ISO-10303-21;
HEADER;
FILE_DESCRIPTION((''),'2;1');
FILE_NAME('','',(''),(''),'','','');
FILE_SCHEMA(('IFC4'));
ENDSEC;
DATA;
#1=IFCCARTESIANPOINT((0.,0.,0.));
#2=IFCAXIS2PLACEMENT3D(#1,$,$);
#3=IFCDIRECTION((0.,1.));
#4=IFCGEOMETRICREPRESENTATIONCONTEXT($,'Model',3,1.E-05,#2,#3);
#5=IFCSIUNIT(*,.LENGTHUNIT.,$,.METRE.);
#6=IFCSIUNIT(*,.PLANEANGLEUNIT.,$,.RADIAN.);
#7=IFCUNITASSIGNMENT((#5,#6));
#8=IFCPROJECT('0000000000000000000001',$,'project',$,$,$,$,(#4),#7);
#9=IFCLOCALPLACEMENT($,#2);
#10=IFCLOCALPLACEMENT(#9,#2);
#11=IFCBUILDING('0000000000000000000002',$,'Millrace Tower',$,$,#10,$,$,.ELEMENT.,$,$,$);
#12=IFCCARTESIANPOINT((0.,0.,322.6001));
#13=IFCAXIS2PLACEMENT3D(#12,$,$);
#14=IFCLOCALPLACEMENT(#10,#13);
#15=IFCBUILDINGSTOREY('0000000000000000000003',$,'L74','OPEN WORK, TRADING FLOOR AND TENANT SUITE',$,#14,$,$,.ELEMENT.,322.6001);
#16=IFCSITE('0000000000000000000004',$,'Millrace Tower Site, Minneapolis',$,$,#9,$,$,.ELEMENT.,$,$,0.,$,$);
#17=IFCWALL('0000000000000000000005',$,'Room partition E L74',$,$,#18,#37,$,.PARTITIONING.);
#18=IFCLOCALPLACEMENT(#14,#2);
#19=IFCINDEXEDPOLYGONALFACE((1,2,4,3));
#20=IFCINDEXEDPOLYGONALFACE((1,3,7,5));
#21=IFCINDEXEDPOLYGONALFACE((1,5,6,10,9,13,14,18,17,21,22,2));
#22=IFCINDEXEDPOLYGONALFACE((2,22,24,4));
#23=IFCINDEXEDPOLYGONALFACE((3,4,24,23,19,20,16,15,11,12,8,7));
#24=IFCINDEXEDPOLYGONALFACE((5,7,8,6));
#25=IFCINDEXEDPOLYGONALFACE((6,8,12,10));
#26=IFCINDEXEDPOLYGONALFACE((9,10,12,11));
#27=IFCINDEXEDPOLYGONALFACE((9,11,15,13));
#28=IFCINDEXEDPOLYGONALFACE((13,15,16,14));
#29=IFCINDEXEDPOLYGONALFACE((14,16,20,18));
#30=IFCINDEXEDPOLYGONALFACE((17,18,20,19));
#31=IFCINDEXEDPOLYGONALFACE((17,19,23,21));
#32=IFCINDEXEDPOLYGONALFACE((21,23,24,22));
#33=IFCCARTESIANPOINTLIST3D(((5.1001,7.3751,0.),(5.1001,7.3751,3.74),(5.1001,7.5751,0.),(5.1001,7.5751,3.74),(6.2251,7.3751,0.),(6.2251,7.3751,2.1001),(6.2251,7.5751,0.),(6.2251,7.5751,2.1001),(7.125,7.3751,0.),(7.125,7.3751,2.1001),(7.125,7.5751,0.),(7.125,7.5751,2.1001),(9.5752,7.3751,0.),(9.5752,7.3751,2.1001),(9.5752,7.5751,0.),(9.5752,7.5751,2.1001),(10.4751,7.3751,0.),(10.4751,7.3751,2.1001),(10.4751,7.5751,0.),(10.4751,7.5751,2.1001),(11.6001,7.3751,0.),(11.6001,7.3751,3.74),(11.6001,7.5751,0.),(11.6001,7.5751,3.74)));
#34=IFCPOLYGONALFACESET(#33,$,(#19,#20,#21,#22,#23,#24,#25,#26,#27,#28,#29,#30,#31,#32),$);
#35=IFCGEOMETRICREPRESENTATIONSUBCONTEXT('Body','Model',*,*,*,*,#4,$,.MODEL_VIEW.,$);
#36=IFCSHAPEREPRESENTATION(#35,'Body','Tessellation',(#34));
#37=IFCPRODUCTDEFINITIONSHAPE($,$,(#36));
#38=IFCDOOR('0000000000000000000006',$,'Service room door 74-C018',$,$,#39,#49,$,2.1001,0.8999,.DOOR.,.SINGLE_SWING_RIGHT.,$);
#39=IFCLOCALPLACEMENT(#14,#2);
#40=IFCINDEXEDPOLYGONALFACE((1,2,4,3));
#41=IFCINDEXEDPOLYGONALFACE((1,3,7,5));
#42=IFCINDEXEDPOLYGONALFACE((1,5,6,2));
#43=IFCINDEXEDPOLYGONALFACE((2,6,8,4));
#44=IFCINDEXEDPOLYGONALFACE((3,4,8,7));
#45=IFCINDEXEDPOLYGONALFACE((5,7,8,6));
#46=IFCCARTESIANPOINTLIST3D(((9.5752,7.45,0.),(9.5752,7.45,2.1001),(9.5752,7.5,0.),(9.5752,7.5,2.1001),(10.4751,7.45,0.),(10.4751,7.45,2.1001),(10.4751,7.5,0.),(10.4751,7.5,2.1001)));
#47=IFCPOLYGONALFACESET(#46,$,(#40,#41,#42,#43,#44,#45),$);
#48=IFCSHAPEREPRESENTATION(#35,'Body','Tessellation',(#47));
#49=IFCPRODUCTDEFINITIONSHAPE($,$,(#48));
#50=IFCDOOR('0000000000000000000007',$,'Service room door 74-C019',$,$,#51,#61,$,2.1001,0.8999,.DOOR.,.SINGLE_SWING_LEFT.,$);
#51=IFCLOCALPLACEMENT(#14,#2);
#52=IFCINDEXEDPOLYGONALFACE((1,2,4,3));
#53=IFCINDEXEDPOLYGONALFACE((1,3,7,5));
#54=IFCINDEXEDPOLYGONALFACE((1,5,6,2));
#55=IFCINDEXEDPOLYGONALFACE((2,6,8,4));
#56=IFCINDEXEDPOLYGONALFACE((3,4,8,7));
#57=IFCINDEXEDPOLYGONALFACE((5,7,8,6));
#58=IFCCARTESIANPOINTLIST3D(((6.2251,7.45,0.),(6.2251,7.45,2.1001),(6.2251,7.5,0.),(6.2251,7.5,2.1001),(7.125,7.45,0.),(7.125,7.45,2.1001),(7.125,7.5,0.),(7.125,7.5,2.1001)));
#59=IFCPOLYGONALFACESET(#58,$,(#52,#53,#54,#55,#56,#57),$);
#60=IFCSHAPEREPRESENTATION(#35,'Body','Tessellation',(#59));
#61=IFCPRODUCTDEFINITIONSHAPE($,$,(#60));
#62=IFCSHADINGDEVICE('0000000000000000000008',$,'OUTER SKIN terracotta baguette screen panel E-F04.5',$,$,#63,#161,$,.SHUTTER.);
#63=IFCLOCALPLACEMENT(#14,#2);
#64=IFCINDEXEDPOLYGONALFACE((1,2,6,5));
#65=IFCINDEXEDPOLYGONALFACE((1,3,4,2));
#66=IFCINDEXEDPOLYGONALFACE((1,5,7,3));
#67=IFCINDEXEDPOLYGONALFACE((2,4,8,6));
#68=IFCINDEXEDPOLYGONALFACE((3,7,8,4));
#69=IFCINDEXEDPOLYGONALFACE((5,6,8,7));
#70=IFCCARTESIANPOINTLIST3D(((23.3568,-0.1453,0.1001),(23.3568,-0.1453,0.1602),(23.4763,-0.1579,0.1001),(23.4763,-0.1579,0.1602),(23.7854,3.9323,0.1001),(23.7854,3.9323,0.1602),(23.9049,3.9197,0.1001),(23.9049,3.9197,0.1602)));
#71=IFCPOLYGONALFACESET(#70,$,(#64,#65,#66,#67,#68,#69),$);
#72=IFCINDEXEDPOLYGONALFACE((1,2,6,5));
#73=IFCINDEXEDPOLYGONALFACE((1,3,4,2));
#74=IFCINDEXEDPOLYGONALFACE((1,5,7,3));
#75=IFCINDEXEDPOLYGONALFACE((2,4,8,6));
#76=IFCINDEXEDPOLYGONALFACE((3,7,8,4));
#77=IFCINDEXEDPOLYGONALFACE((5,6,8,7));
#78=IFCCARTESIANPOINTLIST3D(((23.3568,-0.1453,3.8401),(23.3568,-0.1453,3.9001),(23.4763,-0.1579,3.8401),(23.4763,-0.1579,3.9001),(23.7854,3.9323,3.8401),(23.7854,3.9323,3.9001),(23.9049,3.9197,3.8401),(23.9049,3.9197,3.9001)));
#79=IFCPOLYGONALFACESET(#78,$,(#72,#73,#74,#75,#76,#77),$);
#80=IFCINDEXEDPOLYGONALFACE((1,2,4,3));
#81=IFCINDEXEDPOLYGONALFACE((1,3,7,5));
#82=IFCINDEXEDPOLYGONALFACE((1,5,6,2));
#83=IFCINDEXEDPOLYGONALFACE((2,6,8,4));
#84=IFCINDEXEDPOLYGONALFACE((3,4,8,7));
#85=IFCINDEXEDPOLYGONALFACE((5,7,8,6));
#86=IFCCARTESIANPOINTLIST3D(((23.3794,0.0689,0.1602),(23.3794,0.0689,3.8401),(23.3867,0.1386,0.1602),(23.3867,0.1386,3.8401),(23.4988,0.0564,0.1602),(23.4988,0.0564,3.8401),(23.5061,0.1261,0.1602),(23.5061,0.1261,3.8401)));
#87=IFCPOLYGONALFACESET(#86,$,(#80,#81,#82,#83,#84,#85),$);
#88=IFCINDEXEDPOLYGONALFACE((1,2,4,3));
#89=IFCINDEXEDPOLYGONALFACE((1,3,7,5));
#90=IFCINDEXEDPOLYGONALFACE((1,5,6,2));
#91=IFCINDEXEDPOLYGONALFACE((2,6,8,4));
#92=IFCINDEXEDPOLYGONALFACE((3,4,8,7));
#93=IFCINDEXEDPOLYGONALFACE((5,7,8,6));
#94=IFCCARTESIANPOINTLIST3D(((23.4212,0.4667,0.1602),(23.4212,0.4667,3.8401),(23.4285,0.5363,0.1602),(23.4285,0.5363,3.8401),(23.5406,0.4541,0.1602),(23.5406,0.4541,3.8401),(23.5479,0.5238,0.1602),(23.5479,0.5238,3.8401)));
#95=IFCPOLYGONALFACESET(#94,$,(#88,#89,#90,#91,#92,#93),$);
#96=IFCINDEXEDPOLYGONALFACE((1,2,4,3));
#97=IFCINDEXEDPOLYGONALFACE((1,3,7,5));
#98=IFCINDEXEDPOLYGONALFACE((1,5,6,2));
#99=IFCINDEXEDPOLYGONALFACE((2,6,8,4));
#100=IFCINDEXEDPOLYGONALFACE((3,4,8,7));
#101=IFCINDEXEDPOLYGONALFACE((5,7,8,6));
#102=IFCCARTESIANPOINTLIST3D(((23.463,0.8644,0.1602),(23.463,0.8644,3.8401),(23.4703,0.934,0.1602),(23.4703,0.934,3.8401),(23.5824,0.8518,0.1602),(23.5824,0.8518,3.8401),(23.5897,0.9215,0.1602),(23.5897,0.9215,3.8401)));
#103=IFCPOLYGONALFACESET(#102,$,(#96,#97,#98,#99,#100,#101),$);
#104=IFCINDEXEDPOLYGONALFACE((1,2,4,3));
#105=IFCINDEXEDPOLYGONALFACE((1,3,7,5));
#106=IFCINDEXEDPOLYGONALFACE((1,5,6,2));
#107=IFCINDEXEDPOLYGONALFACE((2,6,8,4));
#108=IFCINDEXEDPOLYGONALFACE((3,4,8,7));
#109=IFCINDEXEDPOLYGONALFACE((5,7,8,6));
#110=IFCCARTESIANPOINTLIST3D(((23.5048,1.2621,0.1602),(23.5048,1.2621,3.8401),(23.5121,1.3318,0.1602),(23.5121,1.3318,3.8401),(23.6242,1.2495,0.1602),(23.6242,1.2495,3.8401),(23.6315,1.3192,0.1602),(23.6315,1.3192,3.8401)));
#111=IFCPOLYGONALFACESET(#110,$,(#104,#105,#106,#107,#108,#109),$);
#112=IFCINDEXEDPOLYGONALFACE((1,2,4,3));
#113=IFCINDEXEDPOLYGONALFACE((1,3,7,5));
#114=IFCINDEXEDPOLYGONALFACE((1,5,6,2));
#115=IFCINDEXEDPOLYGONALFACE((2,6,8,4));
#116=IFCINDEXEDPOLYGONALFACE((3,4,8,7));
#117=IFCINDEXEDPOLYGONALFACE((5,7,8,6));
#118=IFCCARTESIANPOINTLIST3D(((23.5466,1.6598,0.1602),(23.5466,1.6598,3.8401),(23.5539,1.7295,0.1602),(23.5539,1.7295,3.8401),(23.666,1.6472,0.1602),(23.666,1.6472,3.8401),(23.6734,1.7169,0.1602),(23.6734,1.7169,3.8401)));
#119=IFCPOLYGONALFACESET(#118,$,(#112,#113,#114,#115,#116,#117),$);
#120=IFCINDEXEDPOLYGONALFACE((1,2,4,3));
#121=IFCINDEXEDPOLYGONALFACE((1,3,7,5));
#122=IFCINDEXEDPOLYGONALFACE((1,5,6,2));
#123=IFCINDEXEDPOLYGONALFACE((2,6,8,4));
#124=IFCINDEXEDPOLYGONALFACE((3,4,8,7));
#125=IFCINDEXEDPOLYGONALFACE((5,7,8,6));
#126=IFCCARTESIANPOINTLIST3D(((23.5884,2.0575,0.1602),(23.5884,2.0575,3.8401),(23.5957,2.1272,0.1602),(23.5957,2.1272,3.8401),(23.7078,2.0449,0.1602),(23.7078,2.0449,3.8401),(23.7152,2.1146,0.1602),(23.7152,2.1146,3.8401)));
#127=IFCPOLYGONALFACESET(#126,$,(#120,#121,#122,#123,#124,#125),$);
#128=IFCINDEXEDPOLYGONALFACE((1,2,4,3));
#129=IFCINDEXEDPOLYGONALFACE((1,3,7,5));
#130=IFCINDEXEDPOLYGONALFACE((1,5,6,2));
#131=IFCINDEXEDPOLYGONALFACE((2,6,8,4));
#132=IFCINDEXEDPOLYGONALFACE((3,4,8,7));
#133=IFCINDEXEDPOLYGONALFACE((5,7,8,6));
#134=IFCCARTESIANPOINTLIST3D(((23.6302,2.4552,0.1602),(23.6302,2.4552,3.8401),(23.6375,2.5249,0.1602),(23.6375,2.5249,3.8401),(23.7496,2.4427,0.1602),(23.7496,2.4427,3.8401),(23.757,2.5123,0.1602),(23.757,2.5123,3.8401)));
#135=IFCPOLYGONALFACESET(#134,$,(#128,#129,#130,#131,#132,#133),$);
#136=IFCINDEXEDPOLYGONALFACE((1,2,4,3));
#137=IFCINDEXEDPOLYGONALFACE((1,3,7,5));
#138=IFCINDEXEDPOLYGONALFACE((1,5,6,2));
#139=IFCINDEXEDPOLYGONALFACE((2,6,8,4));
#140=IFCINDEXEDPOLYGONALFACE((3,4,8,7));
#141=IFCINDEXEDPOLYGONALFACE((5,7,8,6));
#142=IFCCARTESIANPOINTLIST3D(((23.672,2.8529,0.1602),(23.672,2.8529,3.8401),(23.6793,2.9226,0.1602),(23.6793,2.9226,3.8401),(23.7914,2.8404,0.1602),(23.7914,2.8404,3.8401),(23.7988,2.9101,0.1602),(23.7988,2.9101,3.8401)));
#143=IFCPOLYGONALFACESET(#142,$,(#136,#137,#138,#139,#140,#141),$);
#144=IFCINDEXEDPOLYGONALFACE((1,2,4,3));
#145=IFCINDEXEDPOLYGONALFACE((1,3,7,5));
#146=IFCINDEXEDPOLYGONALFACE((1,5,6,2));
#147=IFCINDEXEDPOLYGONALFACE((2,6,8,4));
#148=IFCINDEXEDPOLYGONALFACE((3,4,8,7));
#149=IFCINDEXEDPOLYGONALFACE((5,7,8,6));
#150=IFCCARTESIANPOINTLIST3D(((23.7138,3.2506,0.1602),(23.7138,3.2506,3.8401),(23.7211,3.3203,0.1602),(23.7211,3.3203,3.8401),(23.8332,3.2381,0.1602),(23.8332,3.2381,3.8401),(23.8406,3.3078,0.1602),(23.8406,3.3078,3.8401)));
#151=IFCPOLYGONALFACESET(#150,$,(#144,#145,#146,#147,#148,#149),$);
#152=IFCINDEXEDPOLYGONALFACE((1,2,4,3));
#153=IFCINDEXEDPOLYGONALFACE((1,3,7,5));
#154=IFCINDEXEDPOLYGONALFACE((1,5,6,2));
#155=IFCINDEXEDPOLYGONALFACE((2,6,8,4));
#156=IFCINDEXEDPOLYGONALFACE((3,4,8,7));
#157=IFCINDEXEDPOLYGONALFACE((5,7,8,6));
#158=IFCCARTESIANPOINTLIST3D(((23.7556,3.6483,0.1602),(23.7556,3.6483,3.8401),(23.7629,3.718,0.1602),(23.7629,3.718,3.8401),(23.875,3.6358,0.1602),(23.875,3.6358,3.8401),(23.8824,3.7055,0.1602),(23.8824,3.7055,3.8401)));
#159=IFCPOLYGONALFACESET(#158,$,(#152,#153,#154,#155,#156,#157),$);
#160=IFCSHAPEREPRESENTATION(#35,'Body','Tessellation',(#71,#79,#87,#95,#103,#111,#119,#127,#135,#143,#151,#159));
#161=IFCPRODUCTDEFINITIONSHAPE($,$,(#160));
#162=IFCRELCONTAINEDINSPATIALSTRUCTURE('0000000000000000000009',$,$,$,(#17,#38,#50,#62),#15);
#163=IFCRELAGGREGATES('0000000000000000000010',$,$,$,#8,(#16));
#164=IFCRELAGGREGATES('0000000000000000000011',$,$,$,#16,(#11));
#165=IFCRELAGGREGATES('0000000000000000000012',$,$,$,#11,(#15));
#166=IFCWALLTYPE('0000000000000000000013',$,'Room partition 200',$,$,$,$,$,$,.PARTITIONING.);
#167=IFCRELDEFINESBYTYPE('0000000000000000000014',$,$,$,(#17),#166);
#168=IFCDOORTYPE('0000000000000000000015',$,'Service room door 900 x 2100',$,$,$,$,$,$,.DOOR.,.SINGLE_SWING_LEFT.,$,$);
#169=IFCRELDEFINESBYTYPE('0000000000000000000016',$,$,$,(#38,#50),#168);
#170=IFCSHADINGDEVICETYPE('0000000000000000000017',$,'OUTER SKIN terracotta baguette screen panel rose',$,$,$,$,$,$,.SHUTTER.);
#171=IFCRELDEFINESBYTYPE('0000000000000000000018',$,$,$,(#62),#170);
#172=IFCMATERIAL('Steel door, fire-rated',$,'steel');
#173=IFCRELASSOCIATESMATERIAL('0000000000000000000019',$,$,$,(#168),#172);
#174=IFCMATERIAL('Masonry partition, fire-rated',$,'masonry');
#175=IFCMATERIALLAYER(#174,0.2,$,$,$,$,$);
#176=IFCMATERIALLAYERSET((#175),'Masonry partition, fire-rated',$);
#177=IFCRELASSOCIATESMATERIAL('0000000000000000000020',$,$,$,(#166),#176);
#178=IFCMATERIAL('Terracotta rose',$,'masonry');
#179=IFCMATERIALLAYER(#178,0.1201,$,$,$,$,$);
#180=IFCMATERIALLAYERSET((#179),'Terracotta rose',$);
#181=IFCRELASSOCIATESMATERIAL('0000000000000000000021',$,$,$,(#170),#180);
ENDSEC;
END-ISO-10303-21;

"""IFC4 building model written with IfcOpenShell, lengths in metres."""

from ifc_helpers import new_model, entity, si_unit, direction, frame, frame_2d, origin, place, context, subcontext, project, spatial, rectangle, extrude, source, transform, mapped, material, layer, layer_set, type_object, element, fill, save


model = new_model("IFC4")

# Units and contexts
model_context = context("Model", 3, precision=1e-05, world=origin(), true_north=direction((0.0, 1.0)))
body_context = subcontext(model_context, "Body", "Model", "MODEL_VIEW")
ifc_project = project(units=[si_unit("LENGTHUNIT", "METRE"), si_unit("PLANEANGLEUNIT", "RADIAN")], contexts=[model_context])

# Site, building, storey
site_placement = place(None, origin())
site = spatial("IfcSite", under=ifc_project, at=site_placement, Name="Millrace Tower Site, Minneapolis", CompositionType="ELEMENT", RefElevation=0.0)
building_placement = place(site_placement, origin())
building = spatial("IfcBuilding", under=site, at=building_placement, Name="Millrace Tower", CompositionType="ELEMENT")
storey_placement = place(building_placement, frame((0.0, 0.0, 322.6001)))
storey = spatial("IfcBuildingStorey", under=building, at=storey_placement, Name="L74", Description="OPEN WORK, TRADING FLOOR AND TENANT SUITE", CompositionType="ELEMENT", Elevation=322.6001)

# Shared definitions
ifc_material_1 = material(Name="Steel door, fire-rated", Category="steel")
door_type_1 = type_object("IfcDoorType", Name="Service room door 900 x 2100", OperationType="SINGLE_SWING_LEFT", PredefinedType="DOOR", material=ifc_material_1)

# Wall, openings, doors
ifc_material_2 = material(Name="Masonry partition, fire-rated", Category="masonry")
ifc_layer_1 = layer(ifc_material_2, 0.2)
ifc_layer_set_1 = layer_set([ifc_layer_1], Name="Masonry partition, fire-rated")
wall_type_1 = type_object("IfcWallType", Name="Room partition 200", PredefinedType="PARTITIONING", material=ifc_layer_set_1)
wall_1_placement = place(storey_placement, frame((11.6001, 7.4751, 0.0), z_axis=(0.0, 0.0, 1.0), x_axis=(-1.0, 0.0, 0.0)))
wall_1 = element("IfcWall", 1, at=wall_1_placement, inside=storey, type_object=wall_type_1, Name="Room partition E L74", PredefinedType="PARTITIONING", context=body_context, shape_type="SweptSolid", body=[
    extrude(rectangle(XDim=6.5, YDim=0.2, at=frame_2d((3.25, 0.0))), origin(), (0.0, 0.0, 1.0), 3.74),
])
opening_1_placement = place(wall_1_placement, frame((1.125, 0.0, 0.0)))
opening_1 = element("IfcOpeningElement", 2, at=opening_1_placement, cuts=wall_1, PredefinedType="OPENING", context=body_context, shape_type="SweptSolid", body=[
    extrude(rectangle(XDim=0.8999, YDim=2.1001, at=frame_2d((0.45, 1.05))), frame((0.0, 0.1099, 0.0), z_axis=(0.0, -1.0, 0.0), x_axis=(1.0, 0.0, 0.0)), (0.0, 0.0, 1.0), 0.22),
])
opening_2_placement = place(wall_1_placement, frame((4.4751, 0.0, 0.0)))
opening_2 = element("IfcOpeningElement", 3, at=opening_2_placement, cuts=wall_1, PredefinedType="OPENING", context=body_context, shape_type="SweptSolid", body=[
    extrude(rectangle(XDim=0.8999, YDim=2.1001, at=frame_2d((0.45, 1.05))), frame((0.0, 0.1099, 0.0), z_axis=(0.0, -1.0, 0.0), x_axis=(1.0, 0.0, 0.0)), (0.0, 0.0, 1.0), 0.22),
])
door_1_placement = place(opening_1_placement, frame((0.8999, 0.0, 0.0), z_axis=(0.0, 0.0, 1.0), x_axis=(-1.0, 0.0, 0.0)))
door_1 = element("IfcDoor", 4, at=door_1_placement, inside=storey, type_object=door_type_1, Name="Service room door 74-C018", OperationType="SINGLE_SWING_RIGHT", OverallHeight=2.1001, OverallWidth=0.8999, PredefinedType="DOOR", context=body_context, shape_type="SweptSolid", body=[
    extrude(rectangle(XDim=0.8999, YDim=2.1001, at=frame_2d((0.45, 1.05))), frame((0.0, 0.0249, 0.0), z_axis=(0.0, -1.0, 0.0), x_axis=(1.0, 0.0, 0.0)), (0.0, 0.0, 1.0), 0.05),
])
fill(opening_1, door_1)
door_2_placement = place(opening_2_placement, frame((0.8999, 0.0, 0.0), z_axis=(0.0, 0.0, 1.0), x_axis=(-1.0, 0.0, 0.0)))
door_2 = element("IfcDoor", 5, at=door_2_placement, inside=storey, type_object=door_type_1, Name="Service room door 74-C019", OperationType="SINGLE_SWING_LEFT", OverallHeight=2.1001, OverallWidth=0.8999, PredefinedType="DOOR", context=body_context, shape_type="SweptSolid", body=[
    extrude(rectangle(XDim=0.8999, YDim=2.1001, at=frame_2d((0.45, 1.05))), frame((0.0, 0.0249, 0.0), z_axis=(0.0, -1.0, 0.0), x_axis=(1.0, 0.0, 0.0)), (0.0, 0.0, 1.0), 0.05),
])
fill(opening_2, door_2)

# Shading device
ifc_material_3 = material(Name="Terracotta rose", Category="masonry")
ifc_layer_2 = layer(ifc_material_3, 0.1201)
ifc_layer_set_2 = layer_set([ifc_layer_2], Name="Terracotta rose")
shading_device_type = type_object("IfcShadingDeviceType", Name="OUTER SKIN terracotta baguette screen panel rose", PredefinedType="SHUTTER", material=ifc_layer_set_2)
cartesian_point = entity("IfcCartesianPoint", [-2.05, 0.0601])
shared_polyline = entity("IfcPolyline", [cartesian_point, entity("IfcCartesianPoint", [2.05, 0.0601]), entity("IfcCartesianPoint", [2.05, -0.0601]), entity("IfcCartesianPoint", [-2.05, -0.0601]), cartesian_point])
shared_shape = source(origin(), body_context, "Body", "SweptSolid", [
    entity("IfcExtrudedAreaSolid", entity("IfcArbitraryClosedProfileDef", "AREA", None, shared_polyline), entity("IfcAxis2Placement3D", entity("IfcCartesianPoint", [0.0, 0.0, 0.0])), entity("IfcDirection", [0.0, 0.0, 1.0]), 0.0601),
    entity("IfcExtrudedAreaSolid", entity("IfcArbitraryClosedProfileDef", "AREA", None, shared_polyline), entity("IfcAxis2Placement3D", entity("IfcCartesianPoint", [0.0, 0.0, 3.74])), entity("IfcDirection", [0.0, 0.0, 1.0]), 0.0601),
    extrude(rectangle(XDim=0.0701, YDim=0.1201, at=frame_2d((-1.7996, 0.0))), frame((0.0, 0.0, 0.0601)), (0.0, 0.0, 1.0), 3.6799),
    extrude(rectangle(XDim=0.0701, YDim=0.1201, at=frame_2d((-1.3997, 0.0))), frame((0.0, 0.0, 0.0601)), (0.0, 0.0, 1.0), 3.6799),
    extrude(rectangle(XDim=0.0701, YDim=0.1201, at=frame_2d((-0.9998, 0.0))), frame((0.0, 0.0, 0.0601)), (0.0, 0.0, 1.0), 3.6799),
    extrude(rectangle(XDim=0.0701, YDim=0.1201, at=frame_2d((-0.5999, 0.0))), frame((0.0, 0.0, 0.0601)), (0.0, 0.0, 1.0), 3.6799),
    extrude(rectangle(XDim=0.0701, YDim=0.1201, at=frame_2d((-0.2, 0.0))), frame((0.0, 0.0, 0.0601)), (0.0, 0.0, 1.0), 3.6799),
    extrude(rectangle(XDim=0.0701, YDim=0.1201, at=frame_2d((0.2, 0.0))), frame((0.0, 0.0, 0.0601)), (0.0, 0.0, 1.0), 3.6799),
    extrude(rectangle(XDim=0.0701, YDim=0.1201, at=frame_2d((0.5999, 0.0))), frame((0.0, 0.0, 0.0601)), (0.0, 0.0, 1.0), 3.6799),
    extrude(rectangle(XDim=0.0701, YDim=0.1201, at=frame_2d((0.9998, 0.0))), frame((0.0, 0.0, 0.0601)), (0.0, 0.0, 1.0), 3.6799),
    extrude(rectangle(XDim=0.0701, YDim=0.1201, at=frame_2d((1.3997, 0.0))), frame((0.0, 0.0, 0.0601)), (0.0, 0.0, 1.0), 3.6799),
    extrude(rectangle(XDim=0.0701, YDim=0.1201, at=frame_2d((1.7996, 0.0))), frame((0.0, 0.0, 0.0601)), (0.0, 0.0, 1.0), 3.6799),
])
for number, where, z_axis, x_axis, name in (
    (6, (23.6309, 1.8872, 0.1001), (0.0, 0.0, 1.0), (0.104528, 0.994522, 0.0), "OUTER SKIN terracotta baguette screen panel E-F04.5"),
):
    element("IfcShadingDevice", number, at=place(storey_placement, frame(where, z_axis=z_axis, x_axis=x_axis)), inside=storey, type_object=shading_device_type, Name=name, PredefinedType="SHUTTER", context=body_context, shape_type="MappedRepresentation", body=[
        mapped(shared_shape, transform((0.0, 0.0, 0.0), scale=1.0)),
    ])

save(model, "model.ifc")
